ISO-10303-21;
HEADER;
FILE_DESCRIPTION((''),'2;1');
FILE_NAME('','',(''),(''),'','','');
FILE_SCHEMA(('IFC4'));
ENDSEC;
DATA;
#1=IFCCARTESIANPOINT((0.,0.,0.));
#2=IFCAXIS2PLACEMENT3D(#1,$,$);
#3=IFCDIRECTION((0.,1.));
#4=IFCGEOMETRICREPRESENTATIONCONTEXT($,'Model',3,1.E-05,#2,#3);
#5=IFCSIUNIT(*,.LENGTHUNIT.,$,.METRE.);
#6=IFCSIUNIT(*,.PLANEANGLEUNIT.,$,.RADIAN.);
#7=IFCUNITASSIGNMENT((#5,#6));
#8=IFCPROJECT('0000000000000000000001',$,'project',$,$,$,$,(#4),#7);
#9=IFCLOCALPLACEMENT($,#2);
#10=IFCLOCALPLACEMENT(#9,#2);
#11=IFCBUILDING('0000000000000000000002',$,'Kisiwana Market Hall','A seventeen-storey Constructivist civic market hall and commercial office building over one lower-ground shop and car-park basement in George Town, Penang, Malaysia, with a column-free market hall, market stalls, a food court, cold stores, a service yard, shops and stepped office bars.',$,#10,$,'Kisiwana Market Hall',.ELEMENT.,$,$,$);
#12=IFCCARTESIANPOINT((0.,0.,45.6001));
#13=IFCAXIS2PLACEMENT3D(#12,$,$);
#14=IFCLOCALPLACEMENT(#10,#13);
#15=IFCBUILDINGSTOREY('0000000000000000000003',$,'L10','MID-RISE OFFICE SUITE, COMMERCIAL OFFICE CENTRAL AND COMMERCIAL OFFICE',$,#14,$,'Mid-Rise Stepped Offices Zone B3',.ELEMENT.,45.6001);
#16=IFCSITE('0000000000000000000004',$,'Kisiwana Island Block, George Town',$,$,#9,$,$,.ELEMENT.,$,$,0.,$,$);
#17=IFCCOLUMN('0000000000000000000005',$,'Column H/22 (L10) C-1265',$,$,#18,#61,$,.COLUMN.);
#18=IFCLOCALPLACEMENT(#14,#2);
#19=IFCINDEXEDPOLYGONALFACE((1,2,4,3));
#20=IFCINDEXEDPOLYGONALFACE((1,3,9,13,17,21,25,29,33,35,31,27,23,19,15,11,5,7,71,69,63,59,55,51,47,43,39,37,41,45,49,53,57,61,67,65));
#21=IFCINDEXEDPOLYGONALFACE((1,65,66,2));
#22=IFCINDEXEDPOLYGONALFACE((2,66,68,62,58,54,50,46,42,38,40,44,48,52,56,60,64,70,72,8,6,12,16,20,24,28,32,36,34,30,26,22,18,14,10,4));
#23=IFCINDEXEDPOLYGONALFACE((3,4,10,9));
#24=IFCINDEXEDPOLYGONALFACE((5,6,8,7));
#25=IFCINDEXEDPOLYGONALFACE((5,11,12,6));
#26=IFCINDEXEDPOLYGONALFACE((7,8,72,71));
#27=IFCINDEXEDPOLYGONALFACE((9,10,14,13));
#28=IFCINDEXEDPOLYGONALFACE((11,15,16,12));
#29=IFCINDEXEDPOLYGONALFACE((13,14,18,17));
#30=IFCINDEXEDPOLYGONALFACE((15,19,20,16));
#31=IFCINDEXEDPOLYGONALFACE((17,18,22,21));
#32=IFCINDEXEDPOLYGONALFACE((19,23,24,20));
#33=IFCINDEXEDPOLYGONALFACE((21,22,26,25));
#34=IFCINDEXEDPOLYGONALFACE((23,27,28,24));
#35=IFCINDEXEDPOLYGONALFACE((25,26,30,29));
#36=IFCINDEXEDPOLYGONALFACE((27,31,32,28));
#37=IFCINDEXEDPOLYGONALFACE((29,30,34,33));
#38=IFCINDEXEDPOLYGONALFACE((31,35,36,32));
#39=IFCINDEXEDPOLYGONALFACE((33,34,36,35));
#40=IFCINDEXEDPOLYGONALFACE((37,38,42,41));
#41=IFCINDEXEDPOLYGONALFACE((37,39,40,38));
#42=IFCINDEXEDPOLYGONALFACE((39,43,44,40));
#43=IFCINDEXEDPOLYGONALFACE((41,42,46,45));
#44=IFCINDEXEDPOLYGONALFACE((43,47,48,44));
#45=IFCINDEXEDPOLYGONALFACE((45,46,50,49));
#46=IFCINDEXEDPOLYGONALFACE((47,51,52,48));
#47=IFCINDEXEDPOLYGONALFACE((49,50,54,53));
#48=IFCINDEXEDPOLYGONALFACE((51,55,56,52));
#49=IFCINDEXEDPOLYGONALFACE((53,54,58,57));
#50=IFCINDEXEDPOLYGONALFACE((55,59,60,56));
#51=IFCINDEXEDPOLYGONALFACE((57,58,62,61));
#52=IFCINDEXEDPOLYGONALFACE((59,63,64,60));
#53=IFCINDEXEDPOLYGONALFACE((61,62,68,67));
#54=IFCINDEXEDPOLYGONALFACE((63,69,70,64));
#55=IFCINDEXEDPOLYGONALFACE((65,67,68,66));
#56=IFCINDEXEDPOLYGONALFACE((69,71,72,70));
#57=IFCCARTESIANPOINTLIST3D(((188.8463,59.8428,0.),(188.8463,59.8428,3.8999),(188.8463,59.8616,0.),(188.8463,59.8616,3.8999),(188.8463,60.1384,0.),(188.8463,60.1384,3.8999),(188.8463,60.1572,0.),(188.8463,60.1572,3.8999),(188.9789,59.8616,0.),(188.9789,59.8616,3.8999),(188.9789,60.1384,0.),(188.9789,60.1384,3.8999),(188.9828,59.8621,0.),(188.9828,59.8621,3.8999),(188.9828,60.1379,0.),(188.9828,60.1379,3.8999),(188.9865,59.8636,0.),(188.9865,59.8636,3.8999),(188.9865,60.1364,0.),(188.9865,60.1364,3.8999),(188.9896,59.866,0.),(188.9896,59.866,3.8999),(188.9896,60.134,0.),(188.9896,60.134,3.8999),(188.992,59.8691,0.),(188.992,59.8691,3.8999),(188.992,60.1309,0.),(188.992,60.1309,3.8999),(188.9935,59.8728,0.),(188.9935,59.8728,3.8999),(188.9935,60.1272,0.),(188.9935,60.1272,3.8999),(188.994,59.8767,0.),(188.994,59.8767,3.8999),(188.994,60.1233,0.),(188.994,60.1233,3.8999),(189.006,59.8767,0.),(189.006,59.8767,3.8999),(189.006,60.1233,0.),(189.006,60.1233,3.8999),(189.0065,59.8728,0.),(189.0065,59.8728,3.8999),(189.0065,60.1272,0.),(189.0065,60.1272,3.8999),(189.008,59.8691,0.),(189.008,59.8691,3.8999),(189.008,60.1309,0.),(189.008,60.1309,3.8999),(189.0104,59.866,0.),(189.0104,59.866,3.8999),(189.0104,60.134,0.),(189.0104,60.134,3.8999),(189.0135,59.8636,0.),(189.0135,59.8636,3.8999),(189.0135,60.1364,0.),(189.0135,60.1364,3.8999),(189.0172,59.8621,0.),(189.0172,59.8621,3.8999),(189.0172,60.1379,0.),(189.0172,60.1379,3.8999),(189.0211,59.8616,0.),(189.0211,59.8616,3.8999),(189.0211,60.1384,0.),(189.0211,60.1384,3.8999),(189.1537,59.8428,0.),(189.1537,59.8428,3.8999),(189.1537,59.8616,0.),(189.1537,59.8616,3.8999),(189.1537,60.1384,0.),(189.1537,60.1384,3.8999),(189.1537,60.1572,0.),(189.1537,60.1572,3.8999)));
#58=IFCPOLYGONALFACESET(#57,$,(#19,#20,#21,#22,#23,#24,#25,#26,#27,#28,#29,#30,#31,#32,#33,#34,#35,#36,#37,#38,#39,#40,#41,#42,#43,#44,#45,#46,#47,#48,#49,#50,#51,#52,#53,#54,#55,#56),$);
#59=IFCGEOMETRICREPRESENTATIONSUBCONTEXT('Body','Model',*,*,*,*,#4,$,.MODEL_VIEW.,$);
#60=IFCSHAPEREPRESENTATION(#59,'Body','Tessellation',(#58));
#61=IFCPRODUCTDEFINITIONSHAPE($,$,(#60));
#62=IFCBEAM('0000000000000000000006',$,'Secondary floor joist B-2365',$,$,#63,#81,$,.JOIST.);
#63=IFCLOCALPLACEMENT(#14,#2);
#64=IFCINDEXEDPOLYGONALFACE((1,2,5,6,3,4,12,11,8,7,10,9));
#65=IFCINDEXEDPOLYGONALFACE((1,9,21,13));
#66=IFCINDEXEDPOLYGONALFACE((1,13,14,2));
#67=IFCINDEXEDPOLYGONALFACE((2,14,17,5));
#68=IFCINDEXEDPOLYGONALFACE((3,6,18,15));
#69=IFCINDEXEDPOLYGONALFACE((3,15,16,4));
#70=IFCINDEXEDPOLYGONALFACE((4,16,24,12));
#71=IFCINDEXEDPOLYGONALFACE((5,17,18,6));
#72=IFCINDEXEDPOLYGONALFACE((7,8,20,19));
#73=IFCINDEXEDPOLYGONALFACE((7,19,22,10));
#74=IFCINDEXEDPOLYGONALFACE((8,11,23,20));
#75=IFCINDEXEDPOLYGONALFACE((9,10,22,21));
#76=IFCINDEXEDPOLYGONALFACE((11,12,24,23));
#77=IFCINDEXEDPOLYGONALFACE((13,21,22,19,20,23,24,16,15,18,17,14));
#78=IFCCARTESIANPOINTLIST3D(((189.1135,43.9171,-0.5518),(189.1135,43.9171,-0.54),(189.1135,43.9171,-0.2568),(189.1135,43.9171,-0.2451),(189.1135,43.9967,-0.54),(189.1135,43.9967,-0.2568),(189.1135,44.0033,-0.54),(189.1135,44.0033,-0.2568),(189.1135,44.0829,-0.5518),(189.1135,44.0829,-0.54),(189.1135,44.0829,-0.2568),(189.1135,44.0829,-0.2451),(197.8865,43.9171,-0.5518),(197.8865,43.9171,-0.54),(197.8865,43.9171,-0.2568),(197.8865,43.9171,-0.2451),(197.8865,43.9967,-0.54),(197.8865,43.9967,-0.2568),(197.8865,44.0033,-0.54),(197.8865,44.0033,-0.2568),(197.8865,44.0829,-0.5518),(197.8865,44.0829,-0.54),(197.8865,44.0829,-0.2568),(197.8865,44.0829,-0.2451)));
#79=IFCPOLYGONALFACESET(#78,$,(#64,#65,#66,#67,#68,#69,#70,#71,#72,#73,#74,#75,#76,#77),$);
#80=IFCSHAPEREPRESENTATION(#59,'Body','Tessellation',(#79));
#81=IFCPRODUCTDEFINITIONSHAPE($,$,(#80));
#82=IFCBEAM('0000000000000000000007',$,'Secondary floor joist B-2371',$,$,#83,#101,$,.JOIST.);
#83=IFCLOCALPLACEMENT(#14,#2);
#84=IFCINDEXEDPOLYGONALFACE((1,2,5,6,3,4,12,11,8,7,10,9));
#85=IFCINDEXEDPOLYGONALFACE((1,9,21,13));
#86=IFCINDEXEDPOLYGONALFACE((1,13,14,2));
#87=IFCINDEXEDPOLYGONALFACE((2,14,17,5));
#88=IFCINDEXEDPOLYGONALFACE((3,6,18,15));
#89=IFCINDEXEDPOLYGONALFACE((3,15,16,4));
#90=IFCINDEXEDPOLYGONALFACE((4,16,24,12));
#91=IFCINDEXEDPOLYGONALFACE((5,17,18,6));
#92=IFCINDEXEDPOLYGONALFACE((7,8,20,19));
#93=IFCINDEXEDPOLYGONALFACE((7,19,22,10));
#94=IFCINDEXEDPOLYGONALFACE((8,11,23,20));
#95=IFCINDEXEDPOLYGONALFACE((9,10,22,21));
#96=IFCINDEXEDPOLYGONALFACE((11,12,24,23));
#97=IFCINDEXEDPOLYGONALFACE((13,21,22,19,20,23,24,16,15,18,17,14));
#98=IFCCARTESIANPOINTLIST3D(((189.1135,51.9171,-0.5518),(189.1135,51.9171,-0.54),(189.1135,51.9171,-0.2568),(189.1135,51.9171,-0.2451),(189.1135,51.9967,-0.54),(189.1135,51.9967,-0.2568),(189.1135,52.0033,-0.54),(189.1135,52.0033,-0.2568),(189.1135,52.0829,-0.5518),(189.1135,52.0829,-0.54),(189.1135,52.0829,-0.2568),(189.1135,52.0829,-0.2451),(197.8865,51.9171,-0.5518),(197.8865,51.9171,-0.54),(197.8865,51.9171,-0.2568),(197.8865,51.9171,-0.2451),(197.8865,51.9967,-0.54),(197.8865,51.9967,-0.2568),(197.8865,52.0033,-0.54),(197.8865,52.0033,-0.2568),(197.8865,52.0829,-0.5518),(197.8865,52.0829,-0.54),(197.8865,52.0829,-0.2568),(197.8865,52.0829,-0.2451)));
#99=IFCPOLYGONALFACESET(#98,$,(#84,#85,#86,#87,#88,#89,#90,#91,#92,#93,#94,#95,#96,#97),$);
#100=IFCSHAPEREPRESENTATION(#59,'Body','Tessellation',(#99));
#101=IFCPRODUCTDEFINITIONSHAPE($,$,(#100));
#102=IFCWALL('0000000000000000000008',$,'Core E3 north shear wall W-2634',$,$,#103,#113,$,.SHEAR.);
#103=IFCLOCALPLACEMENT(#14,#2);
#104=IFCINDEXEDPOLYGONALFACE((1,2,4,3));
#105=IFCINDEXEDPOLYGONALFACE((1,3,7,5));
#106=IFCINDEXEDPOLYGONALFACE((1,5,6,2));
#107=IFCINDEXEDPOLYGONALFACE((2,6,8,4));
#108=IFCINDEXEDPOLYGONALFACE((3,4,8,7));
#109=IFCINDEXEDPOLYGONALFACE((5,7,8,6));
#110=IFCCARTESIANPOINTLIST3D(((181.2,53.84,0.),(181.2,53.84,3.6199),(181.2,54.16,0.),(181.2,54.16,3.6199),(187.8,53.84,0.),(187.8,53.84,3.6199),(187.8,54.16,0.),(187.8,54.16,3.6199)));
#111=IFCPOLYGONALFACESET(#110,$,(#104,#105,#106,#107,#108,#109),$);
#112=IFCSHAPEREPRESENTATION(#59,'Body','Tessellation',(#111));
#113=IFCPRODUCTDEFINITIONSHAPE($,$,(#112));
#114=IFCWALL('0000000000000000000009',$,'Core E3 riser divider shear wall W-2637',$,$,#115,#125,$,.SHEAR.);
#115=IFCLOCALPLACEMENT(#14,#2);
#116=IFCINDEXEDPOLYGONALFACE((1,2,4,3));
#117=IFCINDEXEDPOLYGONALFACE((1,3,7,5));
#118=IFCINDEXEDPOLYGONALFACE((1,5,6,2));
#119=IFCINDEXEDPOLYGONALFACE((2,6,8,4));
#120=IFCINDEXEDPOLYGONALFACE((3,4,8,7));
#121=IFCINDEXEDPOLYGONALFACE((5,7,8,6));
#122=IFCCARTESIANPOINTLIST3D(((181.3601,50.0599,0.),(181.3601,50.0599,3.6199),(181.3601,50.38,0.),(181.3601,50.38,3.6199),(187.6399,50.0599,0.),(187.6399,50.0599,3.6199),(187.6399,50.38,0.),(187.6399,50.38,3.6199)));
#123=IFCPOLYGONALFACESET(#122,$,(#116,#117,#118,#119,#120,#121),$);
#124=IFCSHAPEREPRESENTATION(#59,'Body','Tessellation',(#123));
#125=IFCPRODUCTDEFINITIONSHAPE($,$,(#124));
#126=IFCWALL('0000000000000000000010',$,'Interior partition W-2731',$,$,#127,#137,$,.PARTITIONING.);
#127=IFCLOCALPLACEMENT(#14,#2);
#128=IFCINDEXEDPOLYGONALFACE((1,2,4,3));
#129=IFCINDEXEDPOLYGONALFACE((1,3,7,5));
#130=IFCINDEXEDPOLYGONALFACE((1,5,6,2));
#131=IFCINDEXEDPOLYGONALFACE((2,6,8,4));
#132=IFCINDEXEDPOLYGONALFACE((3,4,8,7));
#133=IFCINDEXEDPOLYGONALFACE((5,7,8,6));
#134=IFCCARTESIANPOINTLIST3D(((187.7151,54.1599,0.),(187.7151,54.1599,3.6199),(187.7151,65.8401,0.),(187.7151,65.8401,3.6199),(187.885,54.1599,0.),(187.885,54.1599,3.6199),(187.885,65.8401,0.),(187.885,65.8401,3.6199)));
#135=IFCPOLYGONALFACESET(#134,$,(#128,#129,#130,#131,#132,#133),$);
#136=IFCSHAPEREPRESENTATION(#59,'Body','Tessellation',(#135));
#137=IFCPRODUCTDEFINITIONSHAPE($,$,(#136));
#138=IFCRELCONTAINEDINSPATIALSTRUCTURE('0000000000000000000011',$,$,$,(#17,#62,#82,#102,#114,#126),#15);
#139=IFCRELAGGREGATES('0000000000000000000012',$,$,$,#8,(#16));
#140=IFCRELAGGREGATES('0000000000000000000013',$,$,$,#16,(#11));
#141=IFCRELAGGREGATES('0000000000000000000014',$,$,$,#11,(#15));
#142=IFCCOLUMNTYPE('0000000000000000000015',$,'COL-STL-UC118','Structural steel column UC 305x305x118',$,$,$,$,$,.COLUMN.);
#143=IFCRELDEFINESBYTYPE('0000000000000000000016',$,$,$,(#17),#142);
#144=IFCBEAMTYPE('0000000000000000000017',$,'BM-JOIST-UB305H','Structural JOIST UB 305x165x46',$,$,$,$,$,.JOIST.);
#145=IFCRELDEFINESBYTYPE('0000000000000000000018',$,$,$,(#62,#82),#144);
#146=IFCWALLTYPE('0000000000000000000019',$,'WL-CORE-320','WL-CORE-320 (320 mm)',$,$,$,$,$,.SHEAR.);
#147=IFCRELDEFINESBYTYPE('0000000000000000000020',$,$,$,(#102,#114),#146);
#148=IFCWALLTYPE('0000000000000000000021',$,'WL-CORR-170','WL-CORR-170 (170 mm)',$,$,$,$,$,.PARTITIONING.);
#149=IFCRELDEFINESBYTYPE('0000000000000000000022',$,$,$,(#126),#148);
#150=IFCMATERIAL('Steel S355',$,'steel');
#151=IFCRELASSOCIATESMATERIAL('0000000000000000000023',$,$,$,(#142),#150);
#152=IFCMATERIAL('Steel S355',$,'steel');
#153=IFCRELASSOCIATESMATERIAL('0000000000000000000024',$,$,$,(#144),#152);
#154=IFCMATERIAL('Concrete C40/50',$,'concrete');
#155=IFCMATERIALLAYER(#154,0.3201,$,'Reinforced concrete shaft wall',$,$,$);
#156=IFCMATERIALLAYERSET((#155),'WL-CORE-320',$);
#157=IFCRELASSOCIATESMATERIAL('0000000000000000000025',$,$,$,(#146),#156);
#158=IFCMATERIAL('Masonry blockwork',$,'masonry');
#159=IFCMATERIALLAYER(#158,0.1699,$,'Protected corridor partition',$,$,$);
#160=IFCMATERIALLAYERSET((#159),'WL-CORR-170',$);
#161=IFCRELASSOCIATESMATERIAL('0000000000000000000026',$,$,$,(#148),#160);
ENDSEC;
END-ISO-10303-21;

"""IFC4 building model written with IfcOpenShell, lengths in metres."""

from ifc_helpers import new_model, si_unit, direction, frame, frame_2d, origin, origin_2d, place, context, subcontext, project, spatial, rectangle, i_section, extrude, material, layer, layer_set, material_profile, profile_set, type_object, element, save


model = new_model("IFC4")

# Units and contexts
model_context = context("Model", 3, precision=1e-05, world=origin(), true_north=direction((0.0, 1.0)))
body_context = subcontext(model_context, "Body", "Model", "MODEL_VIEW")
ifc_project = project(units=[si_unit("LENGTHUNIT", "METRE"), si_unit("PLANEANGLEUNIT", "RADIAN")], contexts=[model_context])

# Site, building, storey
site_placement = place(None, origin())
site = spatial("IfcSite", under=ifc_project, at=site_placement, Name="Kisiwana Island Block, George Town", CompositionType="ELEMENT", RefElevation=0.0)
building_placement = place(site_placement, origin())
building = spatial("IfcBuilding", under=site, at=building_placement, Name="Kisiwana Market Hall", Description="A seventeen-storey Constructivist civic market hall and commercial office building over one lower-ground shop and car-park basement in George Town, Penang, Malaysia, with a column-free market hall, market stalls, a food court, cold stores, a service yard, shops and stepped office bars.", LongName="Kisiwana Market Hall", CompositionType="ELEMENT")
storey_placement = place(building_placement, frame((0.0, 0.0, 45.6001)))
storey = spatial("IfcBuildingStorey", under=building, at=storey_placement, Name="L10", Description="MID-RISE OFFICE SUITE, COMMERCIAL OFFICE CENTRAL AND COMMERCIAL OFFICE", LongName="Mid-Rise Stepped Offices Zone B3", CompositionType="ELEMENT", Elevation=45.6001)

# Column
ifc_material_1 = material(Name="Steel S355", Category="steel")
ifc_material_profile_1 = material_profile(ifc_material_1, i_section(OverallWidth=0.3074, OverallDepth=0.3145, WebThickness=0.012, FlangeThickness=0.0188, FilletRadius=0.0151, at=origin_2d()), Name="UC 305x305x118")
ifc_profile_set_1 = profile_set([ifc_material_profile_1], Name="Steel S355")
column_type = type_object("IfcColumnType", Name="COL-STL-UC118", Description="Structural steel column UC 305x305x118", PredefinedType="COLUMN", material=ifc_profile_set_1)
column_placement = place(storey_placement, frame((189.0, 60.0, 0.0), z_axis=(0.0, 0.0, 1.0), x_axis=(1.0, 0.0, 0.0)))
element("IfcColumn", 1, at=column_placement, inside=storey, type_object=column_type, Name="Column H/22 (L10) C-1265", PredefinedType="COLUMN", context=body_context, shape_type="SweptSolid", body=[
    extrude(i_section(OverallWidth=0.3074, OverallDepth=0.3145, WebThickness=0.012, FlangeThickness=0.0188, FilletRadius=0.0151, at=origin_2d()), origin(), (0.0, 0.0, 1.0), 3.8999),
])

# Beams
ifc_material_2 = material(Name="Steel S355", Category="steel")
ifc_material_profile_2 = material_profile(ifc_material_2, i_section(OverallWidth=0.1658, OverallDepth=0.3066, WebThickness=0.0066, FlangeThickness=0.0117, at=origin_2d()), Name="UB 305x165x46")
ifc_profile_set_2 = profile_set([ifc_material_profile_2], Name="Steel S355")
beam_type = type_object("IfcBeamType", Name="BM-JOIST-UB305H", Description="Structural JOIST UB 305x165x46", PredefinedType="JOIST", material=ifc_profile_set_2)
for number, where, z_axis, x_axis, name in (
    (2, (189.1135, 44.0, -0.3984), (1.0, 0.0, 0.0), (0.0, 1.0, 0.0), "Secondary floor joist B-2365"),
    (3, (189.1135, 52.0, -0.3984), (1.0, 0.0, 0.0), (0.0, 1.0, 0.0), "Secondary floor joist B-2371"),
):
    element("IfcBeam", number, at=place(storey_placement, frame(where, z_axis=z_axis, x_axis=x_axis)), inside=storey, type_object=beam_type, Name=name, PredefinedType="JOIST", context=body_context, shape_type="SweptSolid", body=[
        extrude(i_section(OverallWidth=0.1658, OverallDepth=0.3066, WebThickness=0.0066, FlangeThickness=0.0117, at=origin_2d()), origin(), (0.0, 0.0, 1.0), 8.7729),
    ])

# Walls
ifc_material_3 = material(Name="Concrete C40/50", Category="concrete")
ifc_layer_1 = layer(ifc_material_3, 0.3201, Name="Reinforced concrete shaft wall")
ifc_layer_set_1 = layer_set([ifc_layer_1], Name="WL-CORE-320")
wall_type_1 = type_object("IfcWallType", Name="WL-CORE-320", Description="WL-CORE-320 (320 mm)", PredefinedType="SHEAR", material=ifc_layer_set_1)
wall_1_placement = place(storey_placement, frame((181.2, 54.0, 0.0), z_axis=(0.0, 0.0, 1.0), x_axis=(1.0, 0.0, 0.0)))
element("IfcWall", 4, at=wall_1_placement, inside=storey, type_object=wall_type_1, Name="Core E3 north shear wall W-2634", PredefinedType="SHEAR", context=body_context, shape_type="SweptSolid", body=[
    extrude(rectangle(XDim=6.6001, YDim=0.3201, at=frame_2d((3.3, 0.0))), origin(), (0.0, 0.0, 1.0), 3.6199),
])
wall_2_placement = place(storey_placement, frame((181.3601, 50.22, 0.0), z_axis=(0.0, 0.0, 1.0), x_axis=(1.0, 0.0, 0.0)))
element("IfcWall", 5, at=wall_2_placement, inside=storey, type_object=wall_type_1, Name="Core E3 riser divider shear wall W-2637", PredefinedType="SHEAR", context=body_context, shape_type="SweptSolid", body=[
    extrude(rectangle(XDim=6.2798, YDim=0.3201, at=frame_2d((3.1399, 0.0))), origin(), (0.0, 0.0, 1.0), 3.6199),
])
ifc_material_4 = material(Name="Masonry blockwork", Category="masonry")
ifc_layer_2 = layer(ifc_material_4, 0.1699, Name="Protected corridor partition")
ifc_layer_set_2 = layer_set([ifc_layer_2], Name="WL-CORR-170")
wall_type_2 = type_object("IfcWallType", Name="WL-CORR-170", Description="WL-CORR-170 (170 mm)", PredefinedType="PARTITIONING", material=ifc_layer_set_2)
wall_3_placement = place(storey_placement, frame((187.8, 54.1599, 0.0), z_axis=(0.0, 0.0, 1.0), x_axis=(0.0, 1.0, 0.0)))
element("IfcWall", 6, at=wall_3_placement, inside=storey, type_object=wall_type_2, Name="Interior partition W-2731", PredefinedType="PARTITIONING", context=body_context, shape_type="SweptSolid", body=[
    extrude(rectangle(XDim=11.6802, YDim=0.1699, at=frame_2d((5.8401, 0.0))), origin(), (0.0, 0.0, 1.0), 3.6199),
])

save(model, "model.ifc")
